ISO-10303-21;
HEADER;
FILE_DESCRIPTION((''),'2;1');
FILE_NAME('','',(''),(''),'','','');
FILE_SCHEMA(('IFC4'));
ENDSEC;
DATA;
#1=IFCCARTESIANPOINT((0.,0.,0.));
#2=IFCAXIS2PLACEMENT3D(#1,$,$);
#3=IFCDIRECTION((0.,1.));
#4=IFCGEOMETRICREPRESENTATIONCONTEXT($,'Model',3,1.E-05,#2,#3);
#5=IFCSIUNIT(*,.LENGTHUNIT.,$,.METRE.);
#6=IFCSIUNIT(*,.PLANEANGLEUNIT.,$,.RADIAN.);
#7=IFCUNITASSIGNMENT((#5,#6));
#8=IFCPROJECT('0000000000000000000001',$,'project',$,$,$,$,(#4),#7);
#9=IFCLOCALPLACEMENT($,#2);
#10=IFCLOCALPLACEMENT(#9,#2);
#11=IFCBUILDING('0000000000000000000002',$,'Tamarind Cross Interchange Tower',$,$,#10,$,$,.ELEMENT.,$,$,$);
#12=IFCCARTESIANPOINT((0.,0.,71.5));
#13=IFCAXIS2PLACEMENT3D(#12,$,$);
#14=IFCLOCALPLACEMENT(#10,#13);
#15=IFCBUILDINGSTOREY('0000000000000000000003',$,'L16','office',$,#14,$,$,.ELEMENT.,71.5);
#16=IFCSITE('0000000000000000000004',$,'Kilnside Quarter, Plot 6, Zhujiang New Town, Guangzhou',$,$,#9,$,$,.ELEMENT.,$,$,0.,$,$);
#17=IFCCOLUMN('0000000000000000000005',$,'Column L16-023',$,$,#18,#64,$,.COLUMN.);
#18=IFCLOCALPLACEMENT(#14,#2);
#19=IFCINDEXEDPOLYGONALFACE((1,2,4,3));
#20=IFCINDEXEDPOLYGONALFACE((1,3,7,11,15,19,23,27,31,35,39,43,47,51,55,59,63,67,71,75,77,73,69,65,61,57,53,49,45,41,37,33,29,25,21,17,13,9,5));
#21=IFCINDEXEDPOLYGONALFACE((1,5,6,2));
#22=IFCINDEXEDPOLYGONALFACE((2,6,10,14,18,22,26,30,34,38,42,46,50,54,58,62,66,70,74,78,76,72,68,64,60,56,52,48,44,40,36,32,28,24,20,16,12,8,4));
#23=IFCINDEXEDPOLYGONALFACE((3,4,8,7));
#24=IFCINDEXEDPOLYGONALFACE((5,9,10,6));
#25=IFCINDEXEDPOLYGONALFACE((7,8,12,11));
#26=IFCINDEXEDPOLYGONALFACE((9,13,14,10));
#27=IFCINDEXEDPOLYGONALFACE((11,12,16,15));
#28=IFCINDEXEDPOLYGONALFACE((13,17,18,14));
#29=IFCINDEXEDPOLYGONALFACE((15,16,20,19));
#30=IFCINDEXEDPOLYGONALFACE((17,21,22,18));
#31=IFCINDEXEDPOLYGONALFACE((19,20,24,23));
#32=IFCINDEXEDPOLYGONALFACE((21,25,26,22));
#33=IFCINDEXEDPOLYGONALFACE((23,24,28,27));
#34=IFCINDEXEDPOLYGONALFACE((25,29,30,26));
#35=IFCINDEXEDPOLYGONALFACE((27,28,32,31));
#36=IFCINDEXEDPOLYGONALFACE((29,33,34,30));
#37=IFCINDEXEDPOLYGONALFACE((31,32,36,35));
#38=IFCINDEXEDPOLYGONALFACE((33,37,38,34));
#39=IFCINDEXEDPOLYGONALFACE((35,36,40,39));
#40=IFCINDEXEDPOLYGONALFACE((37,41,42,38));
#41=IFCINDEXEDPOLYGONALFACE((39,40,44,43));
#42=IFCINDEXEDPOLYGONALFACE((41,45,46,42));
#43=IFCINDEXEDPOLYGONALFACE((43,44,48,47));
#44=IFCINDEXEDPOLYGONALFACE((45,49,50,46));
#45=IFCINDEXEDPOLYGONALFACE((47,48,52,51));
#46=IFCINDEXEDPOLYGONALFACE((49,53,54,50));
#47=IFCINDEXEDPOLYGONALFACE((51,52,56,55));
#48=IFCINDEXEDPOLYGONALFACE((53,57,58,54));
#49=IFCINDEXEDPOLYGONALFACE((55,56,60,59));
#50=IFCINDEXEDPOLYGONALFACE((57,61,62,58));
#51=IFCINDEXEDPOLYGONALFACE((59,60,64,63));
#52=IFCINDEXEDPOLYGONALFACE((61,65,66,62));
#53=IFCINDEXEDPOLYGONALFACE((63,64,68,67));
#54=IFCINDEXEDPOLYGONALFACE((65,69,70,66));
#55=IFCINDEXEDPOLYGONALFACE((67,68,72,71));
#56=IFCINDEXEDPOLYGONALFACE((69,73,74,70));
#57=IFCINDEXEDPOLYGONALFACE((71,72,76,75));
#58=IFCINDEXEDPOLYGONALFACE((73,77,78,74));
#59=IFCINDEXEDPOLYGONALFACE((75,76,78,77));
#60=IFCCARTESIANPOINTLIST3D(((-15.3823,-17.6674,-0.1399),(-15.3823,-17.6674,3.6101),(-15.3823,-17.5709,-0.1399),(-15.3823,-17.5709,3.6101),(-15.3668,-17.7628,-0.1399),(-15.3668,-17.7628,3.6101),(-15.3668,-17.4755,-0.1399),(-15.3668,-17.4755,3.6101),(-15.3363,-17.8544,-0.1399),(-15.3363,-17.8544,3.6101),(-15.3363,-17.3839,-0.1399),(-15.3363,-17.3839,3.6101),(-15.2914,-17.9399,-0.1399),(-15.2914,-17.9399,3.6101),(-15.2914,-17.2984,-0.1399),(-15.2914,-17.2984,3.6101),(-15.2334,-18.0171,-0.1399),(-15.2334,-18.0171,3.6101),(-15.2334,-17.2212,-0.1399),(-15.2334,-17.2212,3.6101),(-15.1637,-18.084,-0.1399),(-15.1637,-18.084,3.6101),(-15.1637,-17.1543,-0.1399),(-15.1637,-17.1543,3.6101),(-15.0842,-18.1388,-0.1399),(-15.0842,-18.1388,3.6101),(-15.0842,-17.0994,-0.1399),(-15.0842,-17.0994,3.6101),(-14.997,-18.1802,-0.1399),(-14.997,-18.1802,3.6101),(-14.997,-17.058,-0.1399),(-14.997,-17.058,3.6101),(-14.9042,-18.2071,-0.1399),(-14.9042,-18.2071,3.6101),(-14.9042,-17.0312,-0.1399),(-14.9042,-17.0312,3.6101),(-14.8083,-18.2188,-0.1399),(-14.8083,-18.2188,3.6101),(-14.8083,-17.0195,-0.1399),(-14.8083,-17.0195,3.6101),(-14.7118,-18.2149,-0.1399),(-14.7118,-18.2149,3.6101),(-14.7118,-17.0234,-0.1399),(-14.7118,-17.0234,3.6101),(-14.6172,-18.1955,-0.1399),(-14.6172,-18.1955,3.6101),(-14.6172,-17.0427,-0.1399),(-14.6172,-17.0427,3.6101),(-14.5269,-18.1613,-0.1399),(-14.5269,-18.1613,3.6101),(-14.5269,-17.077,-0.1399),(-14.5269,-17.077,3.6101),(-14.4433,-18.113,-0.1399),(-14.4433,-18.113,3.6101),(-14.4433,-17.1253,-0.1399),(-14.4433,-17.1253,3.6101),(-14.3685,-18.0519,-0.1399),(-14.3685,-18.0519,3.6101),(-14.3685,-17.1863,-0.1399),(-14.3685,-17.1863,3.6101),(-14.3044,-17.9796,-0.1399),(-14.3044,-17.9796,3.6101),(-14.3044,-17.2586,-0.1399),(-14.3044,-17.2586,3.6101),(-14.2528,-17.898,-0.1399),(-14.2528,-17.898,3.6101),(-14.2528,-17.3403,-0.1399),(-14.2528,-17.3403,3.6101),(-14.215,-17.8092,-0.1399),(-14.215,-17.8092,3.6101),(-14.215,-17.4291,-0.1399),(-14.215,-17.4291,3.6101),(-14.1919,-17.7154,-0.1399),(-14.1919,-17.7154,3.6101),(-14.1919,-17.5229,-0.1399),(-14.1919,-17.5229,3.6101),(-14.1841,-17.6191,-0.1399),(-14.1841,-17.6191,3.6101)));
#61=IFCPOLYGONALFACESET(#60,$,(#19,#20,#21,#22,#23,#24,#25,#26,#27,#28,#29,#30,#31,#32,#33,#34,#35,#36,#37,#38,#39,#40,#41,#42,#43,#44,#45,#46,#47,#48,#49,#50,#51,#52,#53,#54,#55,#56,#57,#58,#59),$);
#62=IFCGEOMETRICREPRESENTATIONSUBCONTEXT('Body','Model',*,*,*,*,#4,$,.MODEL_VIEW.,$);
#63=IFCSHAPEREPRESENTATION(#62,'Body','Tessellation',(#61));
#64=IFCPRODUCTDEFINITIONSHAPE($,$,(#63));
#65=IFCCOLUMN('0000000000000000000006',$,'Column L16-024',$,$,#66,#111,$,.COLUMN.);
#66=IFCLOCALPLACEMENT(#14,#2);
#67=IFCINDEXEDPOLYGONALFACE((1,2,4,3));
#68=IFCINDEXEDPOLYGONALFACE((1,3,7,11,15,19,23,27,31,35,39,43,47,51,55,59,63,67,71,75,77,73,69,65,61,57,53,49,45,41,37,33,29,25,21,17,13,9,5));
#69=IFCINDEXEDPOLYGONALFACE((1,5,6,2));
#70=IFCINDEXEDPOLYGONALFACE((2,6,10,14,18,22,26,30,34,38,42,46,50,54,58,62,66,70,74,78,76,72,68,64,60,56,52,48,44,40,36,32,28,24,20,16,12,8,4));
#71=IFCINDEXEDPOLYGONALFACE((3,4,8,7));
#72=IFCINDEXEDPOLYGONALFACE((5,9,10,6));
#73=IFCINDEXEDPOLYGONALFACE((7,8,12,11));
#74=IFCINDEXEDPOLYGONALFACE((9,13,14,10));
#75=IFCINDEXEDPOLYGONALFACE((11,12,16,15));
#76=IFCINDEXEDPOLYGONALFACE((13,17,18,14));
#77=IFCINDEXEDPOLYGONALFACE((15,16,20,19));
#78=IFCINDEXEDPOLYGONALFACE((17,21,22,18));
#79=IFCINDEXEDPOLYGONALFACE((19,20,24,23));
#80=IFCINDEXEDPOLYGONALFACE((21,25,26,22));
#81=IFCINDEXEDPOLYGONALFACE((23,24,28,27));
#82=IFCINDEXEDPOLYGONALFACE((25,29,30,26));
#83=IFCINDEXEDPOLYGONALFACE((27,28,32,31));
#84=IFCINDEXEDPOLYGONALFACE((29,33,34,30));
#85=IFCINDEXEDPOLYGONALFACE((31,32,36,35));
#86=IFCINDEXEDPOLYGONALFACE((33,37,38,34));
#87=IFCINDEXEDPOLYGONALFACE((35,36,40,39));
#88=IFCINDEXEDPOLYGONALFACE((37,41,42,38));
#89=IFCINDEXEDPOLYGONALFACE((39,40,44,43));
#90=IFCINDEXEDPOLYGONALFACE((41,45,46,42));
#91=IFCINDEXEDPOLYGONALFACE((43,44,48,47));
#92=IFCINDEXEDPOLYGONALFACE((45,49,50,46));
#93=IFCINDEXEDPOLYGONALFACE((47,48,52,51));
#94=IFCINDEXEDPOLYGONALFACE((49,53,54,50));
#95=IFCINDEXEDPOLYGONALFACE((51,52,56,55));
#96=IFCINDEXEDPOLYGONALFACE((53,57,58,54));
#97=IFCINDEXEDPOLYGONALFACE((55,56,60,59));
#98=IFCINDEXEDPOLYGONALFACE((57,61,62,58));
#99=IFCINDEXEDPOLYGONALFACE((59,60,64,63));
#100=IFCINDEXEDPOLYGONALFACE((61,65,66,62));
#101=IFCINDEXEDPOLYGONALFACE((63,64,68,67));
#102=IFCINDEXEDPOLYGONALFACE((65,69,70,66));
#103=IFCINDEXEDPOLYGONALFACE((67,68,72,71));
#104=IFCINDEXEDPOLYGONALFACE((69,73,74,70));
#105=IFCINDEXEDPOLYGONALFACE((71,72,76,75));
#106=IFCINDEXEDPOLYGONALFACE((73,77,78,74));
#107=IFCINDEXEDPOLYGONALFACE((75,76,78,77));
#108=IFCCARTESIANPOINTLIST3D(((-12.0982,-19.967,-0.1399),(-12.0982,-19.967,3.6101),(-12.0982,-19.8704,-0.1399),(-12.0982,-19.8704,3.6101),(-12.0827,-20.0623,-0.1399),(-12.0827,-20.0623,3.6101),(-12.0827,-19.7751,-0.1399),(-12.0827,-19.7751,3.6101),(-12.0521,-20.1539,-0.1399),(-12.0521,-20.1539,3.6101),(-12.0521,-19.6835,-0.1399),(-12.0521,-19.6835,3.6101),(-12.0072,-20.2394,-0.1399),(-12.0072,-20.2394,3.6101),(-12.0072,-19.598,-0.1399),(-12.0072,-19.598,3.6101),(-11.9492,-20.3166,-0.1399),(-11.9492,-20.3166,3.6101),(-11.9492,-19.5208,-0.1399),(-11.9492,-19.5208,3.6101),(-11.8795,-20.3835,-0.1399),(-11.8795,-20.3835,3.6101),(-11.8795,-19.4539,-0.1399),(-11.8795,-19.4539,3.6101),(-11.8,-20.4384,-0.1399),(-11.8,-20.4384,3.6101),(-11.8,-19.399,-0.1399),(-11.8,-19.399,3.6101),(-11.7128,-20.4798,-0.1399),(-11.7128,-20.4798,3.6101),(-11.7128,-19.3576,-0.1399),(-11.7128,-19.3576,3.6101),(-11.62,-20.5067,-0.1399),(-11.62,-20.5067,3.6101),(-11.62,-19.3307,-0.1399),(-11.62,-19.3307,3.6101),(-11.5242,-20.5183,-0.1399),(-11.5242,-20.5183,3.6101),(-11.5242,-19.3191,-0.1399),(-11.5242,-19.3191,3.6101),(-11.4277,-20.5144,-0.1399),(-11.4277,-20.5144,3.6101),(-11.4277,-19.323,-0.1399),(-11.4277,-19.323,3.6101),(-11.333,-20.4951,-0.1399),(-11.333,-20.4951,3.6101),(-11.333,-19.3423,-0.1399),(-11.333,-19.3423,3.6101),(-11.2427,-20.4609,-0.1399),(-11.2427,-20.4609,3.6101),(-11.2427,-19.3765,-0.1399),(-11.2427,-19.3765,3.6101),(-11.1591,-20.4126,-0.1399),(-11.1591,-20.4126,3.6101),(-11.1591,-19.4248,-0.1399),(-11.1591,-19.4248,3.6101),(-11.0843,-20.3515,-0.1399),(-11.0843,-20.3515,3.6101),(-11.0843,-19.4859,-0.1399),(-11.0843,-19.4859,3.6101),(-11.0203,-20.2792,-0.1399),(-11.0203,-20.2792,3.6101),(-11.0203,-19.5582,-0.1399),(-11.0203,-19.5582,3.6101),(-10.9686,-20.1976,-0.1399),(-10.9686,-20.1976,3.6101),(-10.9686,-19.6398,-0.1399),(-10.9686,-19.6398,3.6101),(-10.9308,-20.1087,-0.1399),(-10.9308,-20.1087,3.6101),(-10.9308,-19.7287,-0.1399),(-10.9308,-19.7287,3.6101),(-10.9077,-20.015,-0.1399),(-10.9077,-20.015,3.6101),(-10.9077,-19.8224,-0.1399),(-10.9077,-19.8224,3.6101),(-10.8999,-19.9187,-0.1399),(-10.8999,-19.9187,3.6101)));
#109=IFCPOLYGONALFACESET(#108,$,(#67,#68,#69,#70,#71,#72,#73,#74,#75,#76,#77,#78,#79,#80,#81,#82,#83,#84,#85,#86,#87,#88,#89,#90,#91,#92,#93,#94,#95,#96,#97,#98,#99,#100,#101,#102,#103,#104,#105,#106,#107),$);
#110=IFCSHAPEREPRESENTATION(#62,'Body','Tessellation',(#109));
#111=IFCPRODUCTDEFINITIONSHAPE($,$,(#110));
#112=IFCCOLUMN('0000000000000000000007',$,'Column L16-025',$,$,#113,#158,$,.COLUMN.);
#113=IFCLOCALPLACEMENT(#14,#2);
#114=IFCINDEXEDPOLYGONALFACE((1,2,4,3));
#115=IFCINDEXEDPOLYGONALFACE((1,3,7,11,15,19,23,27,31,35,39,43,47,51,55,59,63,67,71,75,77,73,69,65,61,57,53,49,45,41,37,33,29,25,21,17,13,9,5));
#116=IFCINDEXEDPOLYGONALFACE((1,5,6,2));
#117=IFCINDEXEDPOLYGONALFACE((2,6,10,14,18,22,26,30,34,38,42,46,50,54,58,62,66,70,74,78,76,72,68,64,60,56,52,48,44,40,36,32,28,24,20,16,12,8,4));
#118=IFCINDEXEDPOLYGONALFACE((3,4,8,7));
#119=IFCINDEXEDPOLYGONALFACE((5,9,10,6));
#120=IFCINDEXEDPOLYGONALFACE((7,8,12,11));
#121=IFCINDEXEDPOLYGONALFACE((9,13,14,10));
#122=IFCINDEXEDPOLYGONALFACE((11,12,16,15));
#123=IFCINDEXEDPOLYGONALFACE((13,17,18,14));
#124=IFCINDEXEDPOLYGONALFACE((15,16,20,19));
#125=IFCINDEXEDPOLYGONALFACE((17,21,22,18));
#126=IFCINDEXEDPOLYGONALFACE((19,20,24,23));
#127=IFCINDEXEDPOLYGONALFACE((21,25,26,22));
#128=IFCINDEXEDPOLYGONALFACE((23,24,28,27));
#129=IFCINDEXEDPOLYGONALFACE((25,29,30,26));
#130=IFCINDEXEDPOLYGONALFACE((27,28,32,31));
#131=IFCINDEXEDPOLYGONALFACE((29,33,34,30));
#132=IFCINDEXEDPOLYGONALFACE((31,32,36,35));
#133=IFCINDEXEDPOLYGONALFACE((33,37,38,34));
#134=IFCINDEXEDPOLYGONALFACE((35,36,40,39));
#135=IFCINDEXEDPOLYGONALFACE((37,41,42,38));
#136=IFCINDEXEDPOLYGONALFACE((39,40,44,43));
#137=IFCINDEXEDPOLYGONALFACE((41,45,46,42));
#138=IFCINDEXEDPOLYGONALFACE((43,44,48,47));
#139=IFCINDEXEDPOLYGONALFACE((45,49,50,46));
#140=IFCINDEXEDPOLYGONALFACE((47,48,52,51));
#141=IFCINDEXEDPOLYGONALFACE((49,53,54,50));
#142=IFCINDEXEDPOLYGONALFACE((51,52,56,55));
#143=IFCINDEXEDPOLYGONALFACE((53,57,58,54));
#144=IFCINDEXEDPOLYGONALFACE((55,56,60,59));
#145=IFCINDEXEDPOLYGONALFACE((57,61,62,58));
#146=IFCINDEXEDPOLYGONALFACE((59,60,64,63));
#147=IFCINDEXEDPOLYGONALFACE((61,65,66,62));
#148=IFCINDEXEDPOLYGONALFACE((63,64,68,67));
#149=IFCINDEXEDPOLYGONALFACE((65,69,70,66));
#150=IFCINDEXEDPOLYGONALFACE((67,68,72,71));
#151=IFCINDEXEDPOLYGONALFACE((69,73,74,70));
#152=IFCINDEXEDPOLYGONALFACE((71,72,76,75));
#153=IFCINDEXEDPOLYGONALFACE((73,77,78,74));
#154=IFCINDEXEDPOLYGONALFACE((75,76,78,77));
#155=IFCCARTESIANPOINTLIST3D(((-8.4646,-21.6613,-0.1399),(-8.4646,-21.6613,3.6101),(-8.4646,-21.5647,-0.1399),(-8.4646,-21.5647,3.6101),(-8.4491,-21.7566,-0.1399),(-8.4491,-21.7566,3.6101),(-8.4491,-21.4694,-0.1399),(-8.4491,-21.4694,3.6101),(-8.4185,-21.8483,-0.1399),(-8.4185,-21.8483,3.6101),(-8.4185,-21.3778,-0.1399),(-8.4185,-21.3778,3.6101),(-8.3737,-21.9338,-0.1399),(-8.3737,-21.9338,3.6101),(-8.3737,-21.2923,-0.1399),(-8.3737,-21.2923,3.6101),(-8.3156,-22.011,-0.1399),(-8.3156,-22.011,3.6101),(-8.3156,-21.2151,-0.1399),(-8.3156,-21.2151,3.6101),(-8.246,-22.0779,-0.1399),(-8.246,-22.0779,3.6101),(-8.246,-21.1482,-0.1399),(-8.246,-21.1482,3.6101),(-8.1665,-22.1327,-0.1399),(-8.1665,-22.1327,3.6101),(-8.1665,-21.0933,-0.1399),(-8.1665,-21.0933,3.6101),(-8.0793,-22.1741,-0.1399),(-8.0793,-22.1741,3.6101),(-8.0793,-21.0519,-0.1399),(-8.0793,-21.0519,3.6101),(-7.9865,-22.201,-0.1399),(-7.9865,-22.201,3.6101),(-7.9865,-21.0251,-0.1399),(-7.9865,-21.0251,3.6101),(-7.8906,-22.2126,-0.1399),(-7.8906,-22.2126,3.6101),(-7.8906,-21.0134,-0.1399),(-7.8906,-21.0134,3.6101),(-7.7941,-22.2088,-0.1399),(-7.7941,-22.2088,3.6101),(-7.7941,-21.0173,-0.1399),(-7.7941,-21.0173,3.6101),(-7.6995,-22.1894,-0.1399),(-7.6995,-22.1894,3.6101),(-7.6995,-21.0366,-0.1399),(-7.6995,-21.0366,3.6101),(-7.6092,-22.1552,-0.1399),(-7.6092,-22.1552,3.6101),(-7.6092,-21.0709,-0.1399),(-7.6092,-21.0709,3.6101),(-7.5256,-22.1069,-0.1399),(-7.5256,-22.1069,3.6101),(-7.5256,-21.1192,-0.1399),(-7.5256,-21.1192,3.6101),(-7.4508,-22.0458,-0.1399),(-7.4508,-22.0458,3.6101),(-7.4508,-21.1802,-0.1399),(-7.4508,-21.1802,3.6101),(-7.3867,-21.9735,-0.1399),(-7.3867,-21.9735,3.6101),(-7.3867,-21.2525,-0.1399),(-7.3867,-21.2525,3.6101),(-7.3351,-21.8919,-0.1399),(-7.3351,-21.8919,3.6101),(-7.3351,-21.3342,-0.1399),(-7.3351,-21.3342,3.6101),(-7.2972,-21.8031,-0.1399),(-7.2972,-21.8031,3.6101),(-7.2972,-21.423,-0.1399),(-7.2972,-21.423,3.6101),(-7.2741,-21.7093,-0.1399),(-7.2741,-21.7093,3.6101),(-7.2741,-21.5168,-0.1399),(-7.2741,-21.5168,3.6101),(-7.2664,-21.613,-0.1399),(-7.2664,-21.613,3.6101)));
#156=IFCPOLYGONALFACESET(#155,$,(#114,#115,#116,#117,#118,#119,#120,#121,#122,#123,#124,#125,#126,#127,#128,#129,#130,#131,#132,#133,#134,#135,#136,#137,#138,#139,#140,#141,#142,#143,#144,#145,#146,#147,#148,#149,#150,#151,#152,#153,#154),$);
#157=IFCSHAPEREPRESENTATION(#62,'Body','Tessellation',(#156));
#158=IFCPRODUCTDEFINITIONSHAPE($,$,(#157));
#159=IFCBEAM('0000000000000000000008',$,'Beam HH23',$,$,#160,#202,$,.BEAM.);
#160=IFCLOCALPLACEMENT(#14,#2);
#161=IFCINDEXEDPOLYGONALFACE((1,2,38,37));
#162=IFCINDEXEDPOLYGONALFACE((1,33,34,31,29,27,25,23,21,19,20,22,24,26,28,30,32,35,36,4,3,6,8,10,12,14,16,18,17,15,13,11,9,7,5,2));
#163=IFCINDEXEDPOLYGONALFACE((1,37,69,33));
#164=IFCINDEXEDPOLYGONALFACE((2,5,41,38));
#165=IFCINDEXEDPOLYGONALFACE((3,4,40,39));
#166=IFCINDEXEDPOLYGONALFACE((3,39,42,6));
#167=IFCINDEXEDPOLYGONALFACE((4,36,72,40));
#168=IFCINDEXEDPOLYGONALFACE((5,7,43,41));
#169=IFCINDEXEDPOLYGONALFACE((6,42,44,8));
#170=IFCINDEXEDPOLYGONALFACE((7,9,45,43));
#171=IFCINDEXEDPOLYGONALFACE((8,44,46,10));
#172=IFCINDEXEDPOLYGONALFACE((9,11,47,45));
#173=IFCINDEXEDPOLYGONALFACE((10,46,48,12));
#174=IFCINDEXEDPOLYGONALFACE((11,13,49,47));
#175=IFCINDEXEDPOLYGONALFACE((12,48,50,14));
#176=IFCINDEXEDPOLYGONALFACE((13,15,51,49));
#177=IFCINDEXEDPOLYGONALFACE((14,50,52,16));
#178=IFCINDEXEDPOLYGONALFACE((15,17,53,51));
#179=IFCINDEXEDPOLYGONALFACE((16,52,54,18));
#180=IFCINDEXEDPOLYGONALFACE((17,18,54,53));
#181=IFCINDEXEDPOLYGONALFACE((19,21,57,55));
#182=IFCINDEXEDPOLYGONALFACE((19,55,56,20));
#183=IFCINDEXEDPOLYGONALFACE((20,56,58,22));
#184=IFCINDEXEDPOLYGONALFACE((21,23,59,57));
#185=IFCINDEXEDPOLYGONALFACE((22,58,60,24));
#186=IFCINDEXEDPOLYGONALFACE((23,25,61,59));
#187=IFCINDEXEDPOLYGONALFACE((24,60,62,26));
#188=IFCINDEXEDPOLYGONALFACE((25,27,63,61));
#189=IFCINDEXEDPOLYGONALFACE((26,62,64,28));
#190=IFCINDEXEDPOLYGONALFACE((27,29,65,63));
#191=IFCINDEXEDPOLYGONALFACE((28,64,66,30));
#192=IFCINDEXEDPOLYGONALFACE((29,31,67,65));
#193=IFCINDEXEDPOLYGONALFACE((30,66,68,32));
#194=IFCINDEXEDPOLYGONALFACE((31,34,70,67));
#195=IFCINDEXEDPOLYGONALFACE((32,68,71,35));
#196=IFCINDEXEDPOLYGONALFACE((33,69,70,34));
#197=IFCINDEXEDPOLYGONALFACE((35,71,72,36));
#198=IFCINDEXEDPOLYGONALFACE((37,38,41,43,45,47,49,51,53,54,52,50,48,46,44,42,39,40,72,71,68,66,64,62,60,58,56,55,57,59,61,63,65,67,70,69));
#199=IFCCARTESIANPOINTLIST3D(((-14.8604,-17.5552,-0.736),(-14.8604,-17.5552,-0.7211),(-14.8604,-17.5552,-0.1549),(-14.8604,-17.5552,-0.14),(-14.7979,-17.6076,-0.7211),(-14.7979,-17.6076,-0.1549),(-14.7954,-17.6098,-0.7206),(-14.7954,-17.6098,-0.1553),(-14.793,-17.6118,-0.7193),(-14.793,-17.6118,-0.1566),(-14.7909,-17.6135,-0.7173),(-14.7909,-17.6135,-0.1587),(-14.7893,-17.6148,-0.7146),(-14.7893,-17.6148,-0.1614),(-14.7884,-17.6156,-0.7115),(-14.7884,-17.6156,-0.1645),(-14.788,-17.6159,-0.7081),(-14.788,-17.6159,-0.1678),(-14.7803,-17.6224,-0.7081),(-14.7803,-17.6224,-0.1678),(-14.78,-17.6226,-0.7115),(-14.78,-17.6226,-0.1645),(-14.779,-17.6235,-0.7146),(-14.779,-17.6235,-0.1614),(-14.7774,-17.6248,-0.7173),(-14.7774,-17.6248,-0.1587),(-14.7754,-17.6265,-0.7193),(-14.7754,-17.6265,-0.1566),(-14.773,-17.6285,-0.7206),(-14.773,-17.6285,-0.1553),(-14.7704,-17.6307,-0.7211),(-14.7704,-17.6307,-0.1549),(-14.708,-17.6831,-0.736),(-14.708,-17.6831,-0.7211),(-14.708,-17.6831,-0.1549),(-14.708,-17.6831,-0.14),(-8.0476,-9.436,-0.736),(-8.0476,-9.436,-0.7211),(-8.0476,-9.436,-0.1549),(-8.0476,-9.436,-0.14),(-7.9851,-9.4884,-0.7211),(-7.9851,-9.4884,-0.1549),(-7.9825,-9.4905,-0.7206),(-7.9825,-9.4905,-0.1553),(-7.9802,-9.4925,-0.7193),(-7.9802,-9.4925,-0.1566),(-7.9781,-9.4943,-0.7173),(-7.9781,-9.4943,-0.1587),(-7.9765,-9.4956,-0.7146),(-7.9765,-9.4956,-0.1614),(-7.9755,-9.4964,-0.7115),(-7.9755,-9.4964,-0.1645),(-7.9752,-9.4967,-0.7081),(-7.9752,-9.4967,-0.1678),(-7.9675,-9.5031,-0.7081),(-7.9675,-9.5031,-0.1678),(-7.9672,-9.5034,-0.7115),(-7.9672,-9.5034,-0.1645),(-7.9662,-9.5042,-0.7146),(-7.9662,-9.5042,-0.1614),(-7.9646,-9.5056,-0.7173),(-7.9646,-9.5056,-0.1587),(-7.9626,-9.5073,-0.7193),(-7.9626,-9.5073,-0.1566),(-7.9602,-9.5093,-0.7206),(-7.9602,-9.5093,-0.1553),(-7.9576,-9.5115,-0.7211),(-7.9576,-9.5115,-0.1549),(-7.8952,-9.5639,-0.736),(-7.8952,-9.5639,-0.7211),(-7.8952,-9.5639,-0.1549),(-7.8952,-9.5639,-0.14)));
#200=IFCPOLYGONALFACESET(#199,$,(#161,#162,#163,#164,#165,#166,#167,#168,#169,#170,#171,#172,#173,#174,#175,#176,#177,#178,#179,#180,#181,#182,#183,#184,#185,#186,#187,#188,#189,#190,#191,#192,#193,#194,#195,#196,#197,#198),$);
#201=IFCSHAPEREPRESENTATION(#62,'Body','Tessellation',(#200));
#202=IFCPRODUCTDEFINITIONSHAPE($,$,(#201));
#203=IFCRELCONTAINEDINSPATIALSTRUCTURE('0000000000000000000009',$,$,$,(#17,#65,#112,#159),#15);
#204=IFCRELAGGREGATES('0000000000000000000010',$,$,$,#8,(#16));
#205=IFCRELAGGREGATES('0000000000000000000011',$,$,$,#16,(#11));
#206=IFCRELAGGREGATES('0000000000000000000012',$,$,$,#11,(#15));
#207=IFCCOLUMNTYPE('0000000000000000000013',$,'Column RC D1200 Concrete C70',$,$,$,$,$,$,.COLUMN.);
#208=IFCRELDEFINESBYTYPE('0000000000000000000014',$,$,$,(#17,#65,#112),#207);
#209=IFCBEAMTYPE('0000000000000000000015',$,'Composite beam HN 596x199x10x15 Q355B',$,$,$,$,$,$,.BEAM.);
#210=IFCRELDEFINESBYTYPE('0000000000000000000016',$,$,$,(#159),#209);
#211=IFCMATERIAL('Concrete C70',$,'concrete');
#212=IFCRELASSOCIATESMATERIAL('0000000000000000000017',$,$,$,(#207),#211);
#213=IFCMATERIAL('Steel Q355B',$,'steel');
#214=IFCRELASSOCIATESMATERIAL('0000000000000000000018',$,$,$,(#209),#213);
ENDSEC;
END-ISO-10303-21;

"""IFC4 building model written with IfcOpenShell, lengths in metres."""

from ifc_helpers import new_model, si_unit, direction, frame, origin, origin_2d, place, context, subcontext, project, spatial, circle, i_section, extrude, material, material_profile, profile_set, type_object, element, save


model = new_model("IFC4")

# Units and contexts
model_context = context("Model", 3, precision=1e-05, world=origin(), true_north=direction((0.0, 1.0)))
body_context = subcontext(model_context, "Body", "Model", "MODEL_VIEW")
ifc_project = project(units=[si_unit("LENGTHUNIT", "METRE"), si_unit("PLANEANGLEUNIT", "RADIAN")], contexts=[model_context])

# Site, building, storey
site_placement = place(None, origin())
site = spatial("IfcSite", under=ifc_project, at=site_placement, Name="Kilnside Quarter, Plot 6, Zhujiang New Town, Guangzhou", CompositionType="ELEMENT", RefElevation=0.0)
building_placement = place(site_placement, origin())
building = spatial("IfcBuilding", under=site, at=building_placement, Name="Tamarind Cross Interchange Tower", CompositionType="ELEMENT")
storey_placement = place(building_placement, frame((0.0, 0.0, 71.5)))
storey = spatial("IfcBuildingStorey", under=building, at=storey_placement, Name="L16", Description="office", CompositionType="ELEMENT", Elevation=71.5)

# Columns
ifc_material_1 = material(Name="Concrete C70", Category="concrete")
ifc_material_profile_1 = material_profile(ifc_material_1, circle(Radius=0.6001, at=origin_2d()), Name="RC D1200")
ifc_profile_set_1 = profile_set([ifc_material_profile_1], Name="Concrete C70")
column_type = type_object("IfcColumnType", Name="Column RC D1200 Concrete C70", PredefinedType="COLUMN", material=ifc_profile_set_1)
for number, where, z_axis, x_axis, name in (
    (1, (-14.7842, -17.6191, -0.1399), (0.0, 0.0, 1.0), (1.0, 0.0, 0.0), "Column L16-023"),
    (2, (-11.5, -19.9187, -0.1399), (0.0, 0.0, 1.0), (1.0, 0.0, 0.0), "Column L16-024"),
    (3, (-7.8665, -21.613, -0.1399), (0.0, 0.0, 1.0), (1.0, 0.0, 0.0), "Column L16-025"),
):
    element("IfcColumn", number, at=place(storey_placement, frame(where, z_axis=z_axis, x_axis=x_axis)), inside=storey, type_object=column_type, Name=name, PredefinedType="COLUMN", context=body_context, shape_type="SweptSolid", body=[
        extrude(circle(Radius=0.6001, at=origin_2d()), origin(), (0.0, 0.0, 1.0), 3.75),
    ])

# Beam
ifc_material_2 = material(Name="Steel Q355B", Category="steel")
ifc_material_profile_2 = material_profile(ifc_material_2, i_section(OverallWidth=0.199, OverallDepth=0.5959, WebThickness=0.01, FlangeThickness=0.0149, FilletRadius=0.0129, at=origin_2d()), Name="HN 596x199x10x15")
ifc_profile_set_2 = profile_set([ifc_material_profile_2], Name="Steel Q355B")
beam_type = type_object("IfcBeamType", Name="Composite beam HN 596x199x10x15 Q355B", PredefinedType="BEAM", material=ifc_profile_set_2)
beam_1_placement = place(storey_placement, frame((-14.7842, -17.6191, -0.438), z_axis=(0.642786, 0.766046, 0.0), x_axis=(-0.766046, 0.642786, 0.0)))
element("IfcBeam", 4, at=beam_1_placement, inside=storey, type_object=beam_type, Name="Beam HH23", PredefinedType="BEAM", context=body_context, shape_type="SweptSolid", body=[
    extrude(i_section(OverallWidth=0.199, OverallDepth=0.5959, WebThickness=0.01, FlangeThickness=0.0149, FilletRadius=0.0129, at=origin_2d()), origin(), (0.0, 0.0, 1.0), 10.5989),
])

save(model, "model.ifc")
